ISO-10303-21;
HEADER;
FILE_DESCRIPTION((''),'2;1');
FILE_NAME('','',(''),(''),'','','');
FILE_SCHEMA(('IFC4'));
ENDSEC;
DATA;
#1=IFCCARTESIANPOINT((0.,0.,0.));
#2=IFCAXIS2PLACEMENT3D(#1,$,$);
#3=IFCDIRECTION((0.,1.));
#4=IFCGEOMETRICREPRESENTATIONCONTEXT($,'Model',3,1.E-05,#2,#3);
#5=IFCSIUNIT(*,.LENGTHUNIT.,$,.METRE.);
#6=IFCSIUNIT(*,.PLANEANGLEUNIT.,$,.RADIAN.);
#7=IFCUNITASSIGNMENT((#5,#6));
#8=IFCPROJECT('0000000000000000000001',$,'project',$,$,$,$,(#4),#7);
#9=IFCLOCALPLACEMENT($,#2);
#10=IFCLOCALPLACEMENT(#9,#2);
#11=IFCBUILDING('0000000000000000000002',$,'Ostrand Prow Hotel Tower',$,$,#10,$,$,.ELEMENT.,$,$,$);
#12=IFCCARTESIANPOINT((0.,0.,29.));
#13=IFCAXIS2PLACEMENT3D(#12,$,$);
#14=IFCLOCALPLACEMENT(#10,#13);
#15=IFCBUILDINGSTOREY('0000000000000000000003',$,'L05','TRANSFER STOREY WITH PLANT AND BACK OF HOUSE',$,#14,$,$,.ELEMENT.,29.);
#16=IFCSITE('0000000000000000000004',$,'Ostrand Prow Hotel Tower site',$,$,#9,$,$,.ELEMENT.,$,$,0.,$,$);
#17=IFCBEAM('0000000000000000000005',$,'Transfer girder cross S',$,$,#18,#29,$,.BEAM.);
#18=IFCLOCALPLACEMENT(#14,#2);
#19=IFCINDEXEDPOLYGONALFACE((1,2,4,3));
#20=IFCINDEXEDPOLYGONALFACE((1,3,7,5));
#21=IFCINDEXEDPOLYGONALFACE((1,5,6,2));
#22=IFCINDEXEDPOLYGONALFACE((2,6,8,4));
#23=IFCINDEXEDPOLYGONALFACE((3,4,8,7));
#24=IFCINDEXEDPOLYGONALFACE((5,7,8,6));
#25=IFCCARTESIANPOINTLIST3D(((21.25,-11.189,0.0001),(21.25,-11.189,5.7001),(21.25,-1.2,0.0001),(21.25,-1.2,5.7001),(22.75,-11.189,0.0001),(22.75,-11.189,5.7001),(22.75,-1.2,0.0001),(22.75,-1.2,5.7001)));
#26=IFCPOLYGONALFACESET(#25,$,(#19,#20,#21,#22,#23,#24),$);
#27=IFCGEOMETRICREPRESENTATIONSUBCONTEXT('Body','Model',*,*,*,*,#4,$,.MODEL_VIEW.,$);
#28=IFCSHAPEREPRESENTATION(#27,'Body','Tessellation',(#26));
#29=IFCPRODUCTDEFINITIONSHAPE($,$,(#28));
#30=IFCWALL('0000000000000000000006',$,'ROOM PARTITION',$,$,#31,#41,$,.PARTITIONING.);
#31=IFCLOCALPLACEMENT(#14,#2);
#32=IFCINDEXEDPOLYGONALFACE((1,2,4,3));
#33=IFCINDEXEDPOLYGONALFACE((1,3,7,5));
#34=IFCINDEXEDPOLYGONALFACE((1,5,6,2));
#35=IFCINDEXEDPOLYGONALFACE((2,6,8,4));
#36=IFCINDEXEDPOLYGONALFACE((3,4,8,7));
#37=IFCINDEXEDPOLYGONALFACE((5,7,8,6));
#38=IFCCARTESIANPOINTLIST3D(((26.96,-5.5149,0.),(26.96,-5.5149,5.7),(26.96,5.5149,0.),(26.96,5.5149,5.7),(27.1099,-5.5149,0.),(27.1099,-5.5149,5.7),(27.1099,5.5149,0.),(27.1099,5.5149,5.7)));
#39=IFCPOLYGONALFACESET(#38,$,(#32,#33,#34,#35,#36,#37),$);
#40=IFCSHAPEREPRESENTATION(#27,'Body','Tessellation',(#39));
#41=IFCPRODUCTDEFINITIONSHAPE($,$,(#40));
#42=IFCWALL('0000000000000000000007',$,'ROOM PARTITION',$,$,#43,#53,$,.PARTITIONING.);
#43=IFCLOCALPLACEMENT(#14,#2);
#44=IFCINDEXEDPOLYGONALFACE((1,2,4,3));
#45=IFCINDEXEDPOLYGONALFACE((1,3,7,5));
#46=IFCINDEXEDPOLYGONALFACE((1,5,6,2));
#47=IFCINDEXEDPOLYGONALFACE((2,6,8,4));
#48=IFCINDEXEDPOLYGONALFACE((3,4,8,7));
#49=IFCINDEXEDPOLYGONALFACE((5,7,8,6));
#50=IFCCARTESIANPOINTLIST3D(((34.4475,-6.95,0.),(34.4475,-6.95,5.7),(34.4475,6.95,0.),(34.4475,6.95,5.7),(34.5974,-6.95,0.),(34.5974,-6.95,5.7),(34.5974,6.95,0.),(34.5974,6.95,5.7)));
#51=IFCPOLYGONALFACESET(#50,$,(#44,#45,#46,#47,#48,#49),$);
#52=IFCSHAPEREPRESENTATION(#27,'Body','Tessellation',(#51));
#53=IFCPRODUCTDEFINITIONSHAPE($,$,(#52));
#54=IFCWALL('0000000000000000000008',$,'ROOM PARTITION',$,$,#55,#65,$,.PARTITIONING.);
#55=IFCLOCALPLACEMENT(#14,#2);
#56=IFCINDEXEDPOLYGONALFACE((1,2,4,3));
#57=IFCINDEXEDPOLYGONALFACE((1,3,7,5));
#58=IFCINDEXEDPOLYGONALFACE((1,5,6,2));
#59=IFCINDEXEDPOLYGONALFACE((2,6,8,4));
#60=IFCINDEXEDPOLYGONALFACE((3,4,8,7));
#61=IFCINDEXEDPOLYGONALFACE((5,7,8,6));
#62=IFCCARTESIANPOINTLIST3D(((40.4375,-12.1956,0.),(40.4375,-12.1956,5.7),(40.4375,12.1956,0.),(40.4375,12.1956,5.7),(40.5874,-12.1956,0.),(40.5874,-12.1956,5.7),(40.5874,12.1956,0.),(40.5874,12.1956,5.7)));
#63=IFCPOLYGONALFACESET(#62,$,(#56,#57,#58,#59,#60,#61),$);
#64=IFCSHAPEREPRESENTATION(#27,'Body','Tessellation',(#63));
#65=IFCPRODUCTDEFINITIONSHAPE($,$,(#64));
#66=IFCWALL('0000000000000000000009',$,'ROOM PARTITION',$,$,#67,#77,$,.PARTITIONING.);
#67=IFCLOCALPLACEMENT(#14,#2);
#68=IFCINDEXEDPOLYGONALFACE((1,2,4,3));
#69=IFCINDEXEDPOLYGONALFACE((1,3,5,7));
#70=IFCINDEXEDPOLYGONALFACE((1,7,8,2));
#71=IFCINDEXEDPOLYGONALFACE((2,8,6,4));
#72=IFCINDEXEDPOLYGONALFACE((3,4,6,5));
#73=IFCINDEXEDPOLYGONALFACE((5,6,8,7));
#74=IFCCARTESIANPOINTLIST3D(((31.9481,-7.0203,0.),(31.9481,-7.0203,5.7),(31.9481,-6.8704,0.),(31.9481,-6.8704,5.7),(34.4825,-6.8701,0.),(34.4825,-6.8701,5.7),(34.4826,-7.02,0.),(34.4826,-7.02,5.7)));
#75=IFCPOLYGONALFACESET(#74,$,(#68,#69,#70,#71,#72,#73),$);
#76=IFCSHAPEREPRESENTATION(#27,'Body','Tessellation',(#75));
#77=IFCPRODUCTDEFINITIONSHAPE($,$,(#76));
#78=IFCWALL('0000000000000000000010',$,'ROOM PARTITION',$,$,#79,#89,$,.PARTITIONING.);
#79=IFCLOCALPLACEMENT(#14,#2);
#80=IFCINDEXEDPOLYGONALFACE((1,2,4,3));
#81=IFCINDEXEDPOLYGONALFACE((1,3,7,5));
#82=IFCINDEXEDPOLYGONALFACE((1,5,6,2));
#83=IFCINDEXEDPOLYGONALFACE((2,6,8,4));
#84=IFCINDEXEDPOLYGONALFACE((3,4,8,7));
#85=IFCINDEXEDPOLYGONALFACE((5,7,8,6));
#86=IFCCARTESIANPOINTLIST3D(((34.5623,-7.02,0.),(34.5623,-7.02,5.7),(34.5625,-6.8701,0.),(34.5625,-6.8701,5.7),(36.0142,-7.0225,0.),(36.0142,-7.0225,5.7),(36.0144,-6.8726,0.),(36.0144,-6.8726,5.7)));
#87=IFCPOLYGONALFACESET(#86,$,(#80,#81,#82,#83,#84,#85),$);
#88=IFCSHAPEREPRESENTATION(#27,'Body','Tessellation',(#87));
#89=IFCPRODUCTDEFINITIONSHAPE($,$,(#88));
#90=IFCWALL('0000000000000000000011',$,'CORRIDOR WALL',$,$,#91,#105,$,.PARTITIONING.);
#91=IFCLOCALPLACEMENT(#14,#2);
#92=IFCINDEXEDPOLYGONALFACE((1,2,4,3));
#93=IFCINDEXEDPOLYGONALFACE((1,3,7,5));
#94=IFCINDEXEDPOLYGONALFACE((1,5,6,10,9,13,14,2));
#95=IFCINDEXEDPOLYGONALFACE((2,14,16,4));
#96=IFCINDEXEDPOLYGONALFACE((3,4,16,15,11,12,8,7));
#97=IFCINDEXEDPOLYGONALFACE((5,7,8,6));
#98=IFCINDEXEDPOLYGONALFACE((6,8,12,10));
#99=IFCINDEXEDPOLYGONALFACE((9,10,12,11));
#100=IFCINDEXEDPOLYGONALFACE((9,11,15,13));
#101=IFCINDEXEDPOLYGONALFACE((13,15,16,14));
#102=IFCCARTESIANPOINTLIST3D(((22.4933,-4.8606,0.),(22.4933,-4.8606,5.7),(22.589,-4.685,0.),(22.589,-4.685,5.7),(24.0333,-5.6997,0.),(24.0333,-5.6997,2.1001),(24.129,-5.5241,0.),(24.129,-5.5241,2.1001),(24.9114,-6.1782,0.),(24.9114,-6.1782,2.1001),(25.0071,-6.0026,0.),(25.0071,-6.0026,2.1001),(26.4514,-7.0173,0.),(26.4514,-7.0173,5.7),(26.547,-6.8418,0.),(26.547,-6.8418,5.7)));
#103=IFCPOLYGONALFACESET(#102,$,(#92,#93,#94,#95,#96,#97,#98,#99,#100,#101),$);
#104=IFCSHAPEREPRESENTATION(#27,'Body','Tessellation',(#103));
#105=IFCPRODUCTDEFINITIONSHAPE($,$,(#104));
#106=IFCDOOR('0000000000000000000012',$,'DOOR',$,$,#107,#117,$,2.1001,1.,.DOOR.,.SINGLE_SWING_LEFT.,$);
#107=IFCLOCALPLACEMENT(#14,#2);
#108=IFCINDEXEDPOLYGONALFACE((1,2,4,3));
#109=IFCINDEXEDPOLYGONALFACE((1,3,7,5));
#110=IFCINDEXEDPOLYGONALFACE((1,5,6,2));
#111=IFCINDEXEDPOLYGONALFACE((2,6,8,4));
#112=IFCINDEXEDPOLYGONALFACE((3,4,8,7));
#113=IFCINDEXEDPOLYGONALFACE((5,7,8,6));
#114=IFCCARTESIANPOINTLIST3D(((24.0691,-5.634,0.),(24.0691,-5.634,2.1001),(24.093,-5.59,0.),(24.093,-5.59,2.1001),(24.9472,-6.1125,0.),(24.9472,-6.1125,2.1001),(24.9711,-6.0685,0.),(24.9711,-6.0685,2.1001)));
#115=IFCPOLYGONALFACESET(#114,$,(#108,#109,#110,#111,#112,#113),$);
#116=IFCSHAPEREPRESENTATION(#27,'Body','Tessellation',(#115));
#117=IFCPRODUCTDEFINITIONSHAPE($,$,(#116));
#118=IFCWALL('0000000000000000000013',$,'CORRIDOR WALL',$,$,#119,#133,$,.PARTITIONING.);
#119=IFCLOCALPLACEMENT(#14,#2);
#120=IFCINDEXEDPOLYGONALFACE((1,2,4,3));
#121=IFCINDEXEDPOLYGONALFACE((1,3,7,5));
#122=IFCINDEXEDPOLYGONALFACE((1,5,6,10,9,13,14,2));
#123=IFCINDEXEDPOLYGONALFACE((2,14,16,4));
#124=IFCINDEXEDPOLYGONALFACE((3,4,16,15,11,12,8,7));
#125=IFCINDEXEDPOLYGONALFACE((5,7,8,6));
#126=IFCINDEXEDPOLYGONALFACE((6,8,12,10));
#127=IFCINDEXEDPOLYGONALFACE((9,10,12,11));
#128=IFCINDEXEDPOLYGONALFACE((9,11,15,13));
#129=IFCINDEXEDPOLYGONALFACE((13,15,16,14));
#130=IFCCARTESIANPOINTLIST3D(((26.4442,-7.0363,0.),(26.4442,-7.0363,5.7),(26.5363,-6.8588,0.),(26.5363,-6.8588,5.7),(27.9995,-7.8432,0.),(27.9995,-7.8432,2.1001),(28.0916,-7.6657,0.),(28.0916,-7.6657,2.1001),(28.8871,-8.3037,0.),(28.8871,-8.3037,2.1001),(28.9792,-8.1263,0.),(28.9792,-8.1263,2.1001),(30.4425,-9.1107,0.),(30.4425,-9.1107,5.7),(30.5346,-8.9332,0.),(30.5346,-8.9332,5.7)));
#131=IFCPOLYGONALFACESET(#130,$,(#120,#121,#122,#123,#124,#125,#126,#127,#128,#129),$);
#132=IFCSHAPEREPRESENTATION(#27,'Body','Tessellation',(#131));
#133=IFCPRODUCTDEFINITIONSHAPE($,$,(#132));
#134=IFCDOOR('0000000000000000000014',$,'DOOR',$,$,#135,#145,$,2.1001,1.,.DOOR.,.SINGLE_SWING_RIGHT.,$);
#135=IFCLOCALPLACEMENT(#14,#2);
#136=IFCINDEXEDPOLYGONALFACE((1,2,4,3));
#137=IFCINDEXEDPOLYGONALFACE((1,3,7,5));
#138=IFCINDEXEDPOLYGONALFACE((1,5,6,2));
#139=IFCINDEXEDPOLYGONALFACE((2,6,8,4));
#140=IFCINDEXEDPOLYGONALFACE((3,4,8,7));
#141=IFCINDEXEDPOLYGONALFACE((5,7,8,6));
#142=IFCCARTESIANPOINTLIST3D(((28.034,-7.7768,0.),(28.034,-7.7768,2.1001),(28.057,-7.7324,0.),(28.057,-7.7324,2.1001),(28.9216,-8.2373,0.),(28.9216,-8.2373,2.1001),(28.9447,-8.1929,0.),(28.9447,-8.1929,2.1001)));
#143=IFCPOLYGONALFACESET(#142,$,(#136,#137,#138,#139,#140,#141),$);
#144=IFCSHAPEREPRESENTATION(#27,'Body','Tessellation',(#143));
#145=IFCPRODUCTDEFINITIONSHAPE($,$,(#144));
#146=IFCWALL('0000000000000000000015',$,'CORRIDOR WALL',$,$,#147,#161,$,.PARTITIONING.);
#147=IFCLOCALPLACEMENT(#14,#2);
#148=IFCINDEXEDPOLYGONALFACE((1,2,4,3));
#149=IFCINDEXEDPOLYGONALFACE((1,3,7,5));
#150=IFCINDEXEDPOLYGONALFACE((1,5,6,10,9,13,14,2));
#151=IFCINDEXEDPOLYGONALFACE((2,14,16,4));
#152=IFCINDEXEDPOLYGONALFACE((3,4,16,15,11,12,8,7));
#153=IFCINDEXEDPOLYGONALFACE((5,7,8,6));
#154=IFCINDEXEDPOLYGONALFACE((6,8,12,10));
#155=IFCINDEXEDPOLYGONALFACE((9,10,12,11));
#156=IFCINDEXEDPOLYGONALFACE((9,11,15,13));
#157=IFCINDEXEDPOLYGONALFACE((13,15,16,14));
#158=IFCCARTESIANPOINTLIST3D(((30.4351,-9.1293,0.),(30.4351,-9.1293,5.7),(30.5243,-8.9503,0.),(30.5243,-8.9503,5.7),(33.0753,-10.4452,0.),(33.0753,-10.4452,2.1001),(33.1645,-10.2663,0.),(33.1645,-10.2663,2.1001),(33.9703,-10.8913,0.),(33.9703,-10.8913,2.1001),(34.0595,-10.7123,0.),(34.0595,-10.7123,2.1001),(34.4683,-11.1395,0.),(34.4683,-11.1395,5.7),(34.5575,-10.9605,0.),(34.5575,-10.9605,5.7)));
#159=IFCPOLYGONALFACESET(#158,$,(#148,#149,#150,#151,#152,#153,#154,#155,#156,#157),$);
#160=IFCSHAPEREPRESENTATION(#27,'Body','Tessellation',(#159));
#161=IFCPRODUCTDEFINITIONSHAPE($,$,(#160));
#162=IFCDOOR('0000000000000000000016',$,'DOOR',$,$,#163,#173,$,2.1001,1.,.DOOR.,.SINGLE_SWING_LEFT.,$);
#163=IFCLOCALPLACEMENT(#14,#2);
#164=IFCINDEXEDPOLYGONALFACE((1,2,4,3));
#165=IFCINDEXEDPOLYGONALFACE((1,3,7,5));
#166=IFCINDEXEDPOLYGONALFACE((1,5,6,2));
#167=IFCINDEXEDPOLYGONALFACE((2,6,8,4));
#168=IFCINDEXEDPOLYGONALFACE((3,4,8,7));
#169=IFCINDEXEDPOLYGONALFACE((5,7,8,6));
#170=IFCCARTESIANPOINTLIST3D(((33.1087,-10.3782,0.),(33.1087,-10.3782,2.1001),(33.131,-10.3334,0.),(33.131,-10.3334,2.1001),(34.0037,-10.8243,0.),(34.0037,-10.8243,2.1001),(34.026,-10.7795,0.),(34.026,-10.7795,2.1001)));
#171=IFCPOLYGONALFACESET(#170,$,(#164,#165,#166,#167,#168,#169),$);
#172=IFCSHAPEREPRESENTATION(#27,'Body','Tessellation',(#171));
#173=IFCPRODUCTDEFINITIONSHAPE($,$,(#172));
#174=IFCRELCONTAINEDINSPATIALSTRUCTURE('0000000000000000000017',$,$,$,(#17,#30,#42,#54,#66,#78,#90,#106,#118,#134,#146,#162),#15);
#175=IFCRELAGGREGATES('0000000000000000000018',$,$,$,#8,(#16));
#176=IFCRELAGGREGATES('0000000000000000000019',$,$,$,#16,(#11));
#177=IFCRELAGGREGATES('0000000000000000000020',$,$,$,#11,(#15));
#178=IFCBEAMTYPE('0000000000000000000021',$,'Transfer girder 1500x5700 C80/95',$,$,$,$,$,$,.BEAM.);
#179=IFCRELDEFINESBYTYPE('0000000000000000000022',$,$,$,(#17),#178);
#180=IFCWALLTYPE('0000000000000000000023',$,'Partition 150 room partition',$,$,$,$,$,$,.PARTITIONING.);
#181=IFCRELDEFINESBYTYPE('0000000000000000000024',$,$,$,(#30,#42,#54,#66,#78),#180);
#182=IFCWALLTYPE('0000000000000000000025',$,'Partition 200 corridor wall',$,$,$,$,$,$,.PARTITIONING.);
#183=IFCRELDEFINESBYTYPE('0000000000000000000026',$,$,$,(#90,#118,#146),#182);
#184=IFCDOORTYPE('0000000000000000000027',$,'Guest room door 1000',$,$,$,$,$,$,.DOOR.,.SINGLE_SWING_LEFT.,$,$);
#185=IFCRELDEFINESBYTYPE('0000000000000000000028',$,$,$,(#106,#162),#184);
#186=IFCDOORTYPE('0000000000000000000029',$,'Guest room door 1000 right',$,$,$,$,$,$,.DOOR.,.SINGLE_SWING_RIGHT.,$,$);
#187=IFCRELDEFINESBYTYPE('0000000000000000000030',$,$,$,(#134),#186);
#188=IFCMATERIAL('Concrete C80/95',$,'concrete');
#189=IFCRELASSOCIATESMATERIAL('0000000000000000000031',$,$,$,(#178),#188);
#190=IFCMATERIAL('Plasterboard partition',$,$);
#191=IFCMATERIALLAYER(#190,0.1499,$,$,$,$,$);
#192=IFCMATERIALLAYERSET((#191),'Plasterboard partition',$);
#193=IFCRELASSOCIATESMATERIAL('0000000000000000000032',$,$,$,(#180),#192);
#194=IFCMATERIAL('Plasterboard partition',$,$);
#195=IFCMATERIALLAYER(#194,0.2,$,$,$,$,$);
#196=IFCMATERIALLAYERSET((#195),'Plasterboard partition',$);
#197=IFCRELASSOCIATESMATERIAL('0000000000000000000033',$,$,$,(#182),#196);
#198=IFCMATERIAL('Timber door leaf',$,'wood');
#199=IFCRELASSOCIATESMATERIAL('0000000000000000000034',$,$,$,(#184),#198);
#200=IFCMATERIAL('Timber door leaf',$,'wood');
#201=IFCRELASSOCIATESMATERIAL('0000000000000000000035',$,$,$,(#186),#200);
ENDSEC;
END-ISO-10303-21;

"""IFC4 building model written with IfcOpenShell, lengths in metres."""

from ifc_helpers import new_model, si_unit, direction, frame, frame_2d, origin, origin_2d, place, context, subcontext, project, spatial, rectangle, extrude, material, layer, layer_set, material_profile, profile_set, type_object, element, fill, save


model = new_model("IFC4")

# Units and contexts
model_context = context("Model", 3, precision=1e-05, world=origin(), true_north=direction((0.0, 1.0)))
body_context = subcontext(model_context, "Body", "Model", "MODEL_VIEW")
ifc_project = project(units=[si_unit("LENGTHUNIT", "METRE"), si_unit("PLANEANGLEUNIT", "RADIAN")], contexts=[model_context])

# Site, building, storey
site_placement = place(None, origin())
site = spatial("IfcSite", under=ifc_project, at=site_placement, Name="Ostrand Prow Hotel Tower site", CompositionType="ELEMENT", RefElevation=0.0)
building_placement = place(site_placement, origin())
building = spatial("IfcBuilding", under=site, at=building_placement, Name="Ostrand Prow Hotel Tower", CompositionType="ELEMENT")
storey_placement = place(building_placement, frame((0.0, 0.0, 29.0)))
storey = spatial("IfcBuildingStorey", under=building, at=storey_placement, Name="L05", Description="TRANSFER STOREY WITH PLANT AND BACK OF HOUSE", CompositionType="ELEMENT", Elevation=29.0)

# Beam
ifc_material_1 = material(Name="Concrete C80/95", Category="concrete")
ifc_material_profile = material_profile(ifc_material_1, rectangle(XDim=1.5, YDim=5.7, at=origin_2d()), Name="RC 1500x5700")
ifc_profile_set = profile_set([ifc_material_profile], Name="Concrete C80/95")
beam_type = type_object("IfcBeamType", Name="Transfer girder 1500x5700 C80/95", PredefinedType="BEAM", material=ifc_profile_set)
beam_placement = place(storey_placement, frame((22.0, -11.189, 2.8501), z_axis=(0.0, 1.0, 0.0), x_axis=(-1.0, 0.0, 0.0)))
element("IfcBeam", 1, at=beam_placement, inside=storey, type_object=beam_type, Name="Transfer girder cross S", PredefinedType="BEAM", context=body_context, shape_type="SweptSolid", body=[
    extrude(rectangle(XDim=1.5, YDim=5.7, at=origin_2d()), origin(), (0.0, 0.0, 1.0), 9.989),
])

# Walls
ifc_material_2 = material(Name="Plasterboard partition")
ifc_layer_1 = layer(ifc_material_2, 0.1499)
ifc_layer_set_1 = layer_set([ifc_layer_1], Name="Plasterboard partition")
wall_type_1 = type_object("IfcWallType", Name="Partition 150 room partition", PredefinedType="PARTITIONING", material=ifc_layer_set_1)
wall_1_placement = place(storey_placement, frame((27.0349, -5.5149, 0.0), z_axis=(0.0, 0.0, 1.0), x_axis=(0.0, 1.0, 0.0)))
element("IfcWall", 2, at=wall_1_placement, inside=storey, type_object=wall_type_1, Name="ROOM PARTITION", PredefinedType="PARTITIONING", context=body_context, shape_type="SweptSolid", body=[
    extrude(rectangle(XDim=11.0298, YDim=0.1499, at=frame_2d((5.5149, 0.0))), origin(), (0.0, 0.0, 1.0), 5.7),
])
wall_2_placement = place(storey_placement, frame((34.5225, -6.95, 0.0), z_axis=(0.0, 0.0, 1.0), x_axis=(0.0, 1.0, 0.0)))
element("IfcWall", 3, at=wall_2_placement, inside=storey, type_object=wall_type_1, Name="ROOM PARTITION", PredefinedType="PARTITIONING", context=body_context, shape_type="SweptSolid", body=[
    extrude(rectangle(XDim=13.8999, YDim=0.1499, at=frame_2d((6.95, 0.0))), origin(), (0.0, 0.0, 1.0), 5.7),
])
wall_3_placement = place(storey_placement, frame((40.5125, -12.1956, 0.0), z_axis=(0.0, 0.0, 1.0), x_axis=(0.0, 1.0, 0.0)))
element("IfcWall", 4, at=wall_3_placement, inside=storey, type_object=wall_type_1, Name="ROOM PARTITION", PredefinedType="PARTITIONING", context=body_context, shape_type="SweptSolid", body=[
    extrude(rectangle(XDim=24.3911, YDim=0.1499, at=frame_2d((12.1956, 0.0))), origin(), (0.0, 0.0, 1.0), 5.7),
])
wall_4_placement = place(storey_placement, frame((34.4824, -6.9451, 0.0), z_axis=(0.0, 0.0, 1.0), x_axis=(-1.0, -0.000096, 0.0)))
element("IfcWall", 5, at=wall_4_placement, inside=storey, type_object=wall_type_1, Name="ROOM PARTITION", PredefinedType="PARTITIONING", context=body_context, shape_type="SweptSolid", body=[
    extrude(rectangle(XDim=2.5344, YDim=0.1499, at=frame_2d((1.2671, 0.0))), origin(), (0.0, 0.0, 1.0), 5.7),
])
wall_5_placement = place(storey_placement, frame((36.0144, -6.9475, 0.0), z_axis=(0.0, 0.0, 1.0), x_axis=(-0.999999, 0.001682, 0.0)))
element("IfcWall", 6, at=wall_5_placement, inside=storey, type_object=wall_type_1, Name="ROOM PARTITION", PredefinedType="PARTITIONING", context=body_context, shape_type="SweptSolid", body=[
    extrude(rectangle(XDim=1.4519, YDim=0.1499, at=frame_2d((0.7261, 0.0))), origin(), (0.0, 0.0, 1.0), 5.7),
])

# Walls, openings, doors
ifc_material_3 = material(Name="Plasterboard partition")
ifc_layer_2 = layer(ifc_material_3, 0.2)
ifc_layer_set_2 = layer_set([ifc_layer_2], Name="Plasterboard partition")
wall_type_2 = type_object("IfcWallType", Name="Partition 200 corridor wall", PredefinedType="PARTITIONING", material=ifc_layer_set_2)
wall_6_placement = place(storey_placement, frame((22.541, -4.7727, 0.0), z_axis=(0.0, 0.0, 1.0), x_axis=(0.878098, -0.47848, 0.0)))
wall_6 = element("IfcWall", 7, at=wall_6_placement, inside=storey, type_object=wall_type_2, Name="CORRIDOR WALL", PredefinedType="PARTITIONING", context=body_context, shape_type="SweptSolid", body=[
    extrude(rectangle(XDim=4.5076, YDim=0.2, at=frame_2d((2.2539, 0.0))), origin(), (0.0, 0.0, 1.0), 5.7),
])
opening_1_placement = place(wall_6_placement, frame((1.7539, 0.0, 0.0)))
opening_1 = element("IfcOpeningElement", 8, at=opening_1_placement, cuts=wall_6, PredefinedType="OPENING", context=body_context, shape_type="SweptSolid", body=[
    extrude(rectangle(XDim=1.0, YDim=2.1001, at=frame_2d((0.5, 1.05))), frame((0.0, 0.1099, 0.0), z_axis=(0.0, -1.0, 0.0), x_axis=(1.0, 0.0, 0.0)), (0.0, 0.0, 1.0), 0.22),
])
ifc_material_4 = material(Name="Timber door leaf", Category="wood")
door_type_1 = type_object("IfcDoorType", Name="Guest room door 1000", OperationType="SINGLE_SWING_LEFT", PredefinedType="DOOR", material=ifc_material_4)
door_1_placement = place(opening_1_placement, origin())
door_1 = element("IfcDoor", 9, at=door_1_placement, inside=storey, type_object=door_type_1, Name="DOOR", OperationType="SINGLE_SWING_LEFT", OverallHeight=2.1001, OverallWidth=1.0, PredefinedType="DOOR", context=body_context, shape_type="SweptSolid", body=[
    extrude(rectangle(XDim=1.0, YDim=2.1001, at=frame_2d((0.5, 1.05))), frame((0.0, 0.0249, 0.0), z_axis=(0.0, -1.0, 0.0), x_axis=(1.0, 0.0, 0.0)), (0.0, 0.0, 1.0), 0.05),
])
fill(opening_1, door_1)
wall_7_placement = place(storey_placement, frame((26.4902, -6.9475, 0.0), z_axis=(0.0, 0.0, 1.0), x_axis=(0.887639, -0.46054, 0.0)))
wall_7 = element("IfcWall", 10, at=wall_7_placement, inside=storey, type_object=wall_type_2, Name="CORRIDOR WALL", PredefinedType="PARTITIONING", context=body_context, shape_type="SweptSolid", body=[
    extrude(rectangle(XDim=4.5044, YDim=0.2, at=frame_2d((2.2522, 0.0))), origin(), (0.0, 0.0, 1.0), 5.7),
])
opening_2_placement = place(wall_7_placement, frame((1.7522, 0.0, 0.0)))
opening_2 = element("IfcOpeningElement", 11, at=opening_2_placement, cuts=wall_7, PredefinedType="OPENING", context=body_context, shape_type="SweptSolid", body=[
    extrude(rectangle(XDim=1.0, YDim=2.1001, at=frame_2d((0.5, 1.05))), frame((0.0, 0.1099, 0.0), z_axis=(0.0, -1.0, 0.0), x_axis=(1.0, 0.0, 0.0)), (0.0, 0.0, 1.0), 0.22),
])
ifc_material_5 = material(Name="Timber door leaf", Category="wood")
door_type_2 = type_object("IfcDoorType", Name="Guest room door 1000 right", OperationType="SINGLE_SWING_RIGHT", PredefinedType="DOOR", material=ifc_material_5)
door_2_placement = place(opening_2_placement, origin())
door_2 = element("IfcDoor", 12, at=door_2_placement, inside=storey, type_object=door_type_2, Name="DOOR", OperationType="SINGLE_SWING_RIGHT", OverallHeight=2.1001, OverallWidth=1.0, PredefinedType="DOOR", context=body_context, shape_type="SweptSolid", body=[
    extrude(rectangle(XDim=1.0, YDim=2.1001, at=frame_2d((0.5, 1.05))), frame((0.0, 0.0249, 0.0), z_axis=(0.0, -1.0, 0.0), x_axis=(1.0, 0.0, 0.0)), (0.0, 0.0, 1.0), 0.05),
])
fill(opening_2, door_2)
wall_8_placement = place(storey_placement, frame((30.4797, -9.0398, 0.0), z_axis=(0.0, 0.0, 1.0), x_axis=(0.89499, -0.446086, 0.0)))
wall_8 = element("IfcWall", 13, at=wall_8_placement, inside=storey, type_object=wall_type_2, Name="CORRIDOR WALL", PredefinedType="PARTITIONING", context=body_context, shape_type="SweptSolid", body=[
    extrude(rectangle(XDim=4.5063, YDim=0.2, at=frame_2d((2.2532, 0.0))), origin(), (0.0, 0.0, 1.0), 5.7),
])
opening_3_placement = place(wall_8_placement, frame((2.95, 0.0, 0.0)))
opening_3 = element("IfcOpeningElement", 14, at=opening_3_placement, cuts=wall_8, PredefinedType="OPENING", context=body_context, shape_type="SweptSolid", body=[
    extrude(rectangle(XDim=1.0, YDim=2.1001, at=frame_2d((0.5, 1.05))), frame((0.0, 0.1099, 0.0), z_axis=(0.0, -1.0, 0.0), x_axis=(1.0, 0.0, 0.0)), (0.0, 0.0, 1.0), 0.22),
])
door_3_placement = place(opening_3_placement, origin())
door_3 = element("IfcDoor", 15, at=door_3_placement, inside=storey, type_object=door_type_1, Name="DOOR", OperationType="SINGLE_SWING_LEFT", OverallHeight=2.1001, OverallWidth=1.0, PredefinedType="DOOR", context=body_context, shape_type="SweptSolid", body=[
    extrude(rectangle(XDim=1.0, YDim=2.1001, at=frame_2d((0.5, 1.05))), frame((0.0, 0.0249, 0.0), z_axis=(0.0, -1.0, 0.0), x_axis=(1.0, 0.0, 0.0)), (0.0, 0.0, 1.0), 0.05),
])
fill(opening_3, door_3)

save(model, "model.ifc")
